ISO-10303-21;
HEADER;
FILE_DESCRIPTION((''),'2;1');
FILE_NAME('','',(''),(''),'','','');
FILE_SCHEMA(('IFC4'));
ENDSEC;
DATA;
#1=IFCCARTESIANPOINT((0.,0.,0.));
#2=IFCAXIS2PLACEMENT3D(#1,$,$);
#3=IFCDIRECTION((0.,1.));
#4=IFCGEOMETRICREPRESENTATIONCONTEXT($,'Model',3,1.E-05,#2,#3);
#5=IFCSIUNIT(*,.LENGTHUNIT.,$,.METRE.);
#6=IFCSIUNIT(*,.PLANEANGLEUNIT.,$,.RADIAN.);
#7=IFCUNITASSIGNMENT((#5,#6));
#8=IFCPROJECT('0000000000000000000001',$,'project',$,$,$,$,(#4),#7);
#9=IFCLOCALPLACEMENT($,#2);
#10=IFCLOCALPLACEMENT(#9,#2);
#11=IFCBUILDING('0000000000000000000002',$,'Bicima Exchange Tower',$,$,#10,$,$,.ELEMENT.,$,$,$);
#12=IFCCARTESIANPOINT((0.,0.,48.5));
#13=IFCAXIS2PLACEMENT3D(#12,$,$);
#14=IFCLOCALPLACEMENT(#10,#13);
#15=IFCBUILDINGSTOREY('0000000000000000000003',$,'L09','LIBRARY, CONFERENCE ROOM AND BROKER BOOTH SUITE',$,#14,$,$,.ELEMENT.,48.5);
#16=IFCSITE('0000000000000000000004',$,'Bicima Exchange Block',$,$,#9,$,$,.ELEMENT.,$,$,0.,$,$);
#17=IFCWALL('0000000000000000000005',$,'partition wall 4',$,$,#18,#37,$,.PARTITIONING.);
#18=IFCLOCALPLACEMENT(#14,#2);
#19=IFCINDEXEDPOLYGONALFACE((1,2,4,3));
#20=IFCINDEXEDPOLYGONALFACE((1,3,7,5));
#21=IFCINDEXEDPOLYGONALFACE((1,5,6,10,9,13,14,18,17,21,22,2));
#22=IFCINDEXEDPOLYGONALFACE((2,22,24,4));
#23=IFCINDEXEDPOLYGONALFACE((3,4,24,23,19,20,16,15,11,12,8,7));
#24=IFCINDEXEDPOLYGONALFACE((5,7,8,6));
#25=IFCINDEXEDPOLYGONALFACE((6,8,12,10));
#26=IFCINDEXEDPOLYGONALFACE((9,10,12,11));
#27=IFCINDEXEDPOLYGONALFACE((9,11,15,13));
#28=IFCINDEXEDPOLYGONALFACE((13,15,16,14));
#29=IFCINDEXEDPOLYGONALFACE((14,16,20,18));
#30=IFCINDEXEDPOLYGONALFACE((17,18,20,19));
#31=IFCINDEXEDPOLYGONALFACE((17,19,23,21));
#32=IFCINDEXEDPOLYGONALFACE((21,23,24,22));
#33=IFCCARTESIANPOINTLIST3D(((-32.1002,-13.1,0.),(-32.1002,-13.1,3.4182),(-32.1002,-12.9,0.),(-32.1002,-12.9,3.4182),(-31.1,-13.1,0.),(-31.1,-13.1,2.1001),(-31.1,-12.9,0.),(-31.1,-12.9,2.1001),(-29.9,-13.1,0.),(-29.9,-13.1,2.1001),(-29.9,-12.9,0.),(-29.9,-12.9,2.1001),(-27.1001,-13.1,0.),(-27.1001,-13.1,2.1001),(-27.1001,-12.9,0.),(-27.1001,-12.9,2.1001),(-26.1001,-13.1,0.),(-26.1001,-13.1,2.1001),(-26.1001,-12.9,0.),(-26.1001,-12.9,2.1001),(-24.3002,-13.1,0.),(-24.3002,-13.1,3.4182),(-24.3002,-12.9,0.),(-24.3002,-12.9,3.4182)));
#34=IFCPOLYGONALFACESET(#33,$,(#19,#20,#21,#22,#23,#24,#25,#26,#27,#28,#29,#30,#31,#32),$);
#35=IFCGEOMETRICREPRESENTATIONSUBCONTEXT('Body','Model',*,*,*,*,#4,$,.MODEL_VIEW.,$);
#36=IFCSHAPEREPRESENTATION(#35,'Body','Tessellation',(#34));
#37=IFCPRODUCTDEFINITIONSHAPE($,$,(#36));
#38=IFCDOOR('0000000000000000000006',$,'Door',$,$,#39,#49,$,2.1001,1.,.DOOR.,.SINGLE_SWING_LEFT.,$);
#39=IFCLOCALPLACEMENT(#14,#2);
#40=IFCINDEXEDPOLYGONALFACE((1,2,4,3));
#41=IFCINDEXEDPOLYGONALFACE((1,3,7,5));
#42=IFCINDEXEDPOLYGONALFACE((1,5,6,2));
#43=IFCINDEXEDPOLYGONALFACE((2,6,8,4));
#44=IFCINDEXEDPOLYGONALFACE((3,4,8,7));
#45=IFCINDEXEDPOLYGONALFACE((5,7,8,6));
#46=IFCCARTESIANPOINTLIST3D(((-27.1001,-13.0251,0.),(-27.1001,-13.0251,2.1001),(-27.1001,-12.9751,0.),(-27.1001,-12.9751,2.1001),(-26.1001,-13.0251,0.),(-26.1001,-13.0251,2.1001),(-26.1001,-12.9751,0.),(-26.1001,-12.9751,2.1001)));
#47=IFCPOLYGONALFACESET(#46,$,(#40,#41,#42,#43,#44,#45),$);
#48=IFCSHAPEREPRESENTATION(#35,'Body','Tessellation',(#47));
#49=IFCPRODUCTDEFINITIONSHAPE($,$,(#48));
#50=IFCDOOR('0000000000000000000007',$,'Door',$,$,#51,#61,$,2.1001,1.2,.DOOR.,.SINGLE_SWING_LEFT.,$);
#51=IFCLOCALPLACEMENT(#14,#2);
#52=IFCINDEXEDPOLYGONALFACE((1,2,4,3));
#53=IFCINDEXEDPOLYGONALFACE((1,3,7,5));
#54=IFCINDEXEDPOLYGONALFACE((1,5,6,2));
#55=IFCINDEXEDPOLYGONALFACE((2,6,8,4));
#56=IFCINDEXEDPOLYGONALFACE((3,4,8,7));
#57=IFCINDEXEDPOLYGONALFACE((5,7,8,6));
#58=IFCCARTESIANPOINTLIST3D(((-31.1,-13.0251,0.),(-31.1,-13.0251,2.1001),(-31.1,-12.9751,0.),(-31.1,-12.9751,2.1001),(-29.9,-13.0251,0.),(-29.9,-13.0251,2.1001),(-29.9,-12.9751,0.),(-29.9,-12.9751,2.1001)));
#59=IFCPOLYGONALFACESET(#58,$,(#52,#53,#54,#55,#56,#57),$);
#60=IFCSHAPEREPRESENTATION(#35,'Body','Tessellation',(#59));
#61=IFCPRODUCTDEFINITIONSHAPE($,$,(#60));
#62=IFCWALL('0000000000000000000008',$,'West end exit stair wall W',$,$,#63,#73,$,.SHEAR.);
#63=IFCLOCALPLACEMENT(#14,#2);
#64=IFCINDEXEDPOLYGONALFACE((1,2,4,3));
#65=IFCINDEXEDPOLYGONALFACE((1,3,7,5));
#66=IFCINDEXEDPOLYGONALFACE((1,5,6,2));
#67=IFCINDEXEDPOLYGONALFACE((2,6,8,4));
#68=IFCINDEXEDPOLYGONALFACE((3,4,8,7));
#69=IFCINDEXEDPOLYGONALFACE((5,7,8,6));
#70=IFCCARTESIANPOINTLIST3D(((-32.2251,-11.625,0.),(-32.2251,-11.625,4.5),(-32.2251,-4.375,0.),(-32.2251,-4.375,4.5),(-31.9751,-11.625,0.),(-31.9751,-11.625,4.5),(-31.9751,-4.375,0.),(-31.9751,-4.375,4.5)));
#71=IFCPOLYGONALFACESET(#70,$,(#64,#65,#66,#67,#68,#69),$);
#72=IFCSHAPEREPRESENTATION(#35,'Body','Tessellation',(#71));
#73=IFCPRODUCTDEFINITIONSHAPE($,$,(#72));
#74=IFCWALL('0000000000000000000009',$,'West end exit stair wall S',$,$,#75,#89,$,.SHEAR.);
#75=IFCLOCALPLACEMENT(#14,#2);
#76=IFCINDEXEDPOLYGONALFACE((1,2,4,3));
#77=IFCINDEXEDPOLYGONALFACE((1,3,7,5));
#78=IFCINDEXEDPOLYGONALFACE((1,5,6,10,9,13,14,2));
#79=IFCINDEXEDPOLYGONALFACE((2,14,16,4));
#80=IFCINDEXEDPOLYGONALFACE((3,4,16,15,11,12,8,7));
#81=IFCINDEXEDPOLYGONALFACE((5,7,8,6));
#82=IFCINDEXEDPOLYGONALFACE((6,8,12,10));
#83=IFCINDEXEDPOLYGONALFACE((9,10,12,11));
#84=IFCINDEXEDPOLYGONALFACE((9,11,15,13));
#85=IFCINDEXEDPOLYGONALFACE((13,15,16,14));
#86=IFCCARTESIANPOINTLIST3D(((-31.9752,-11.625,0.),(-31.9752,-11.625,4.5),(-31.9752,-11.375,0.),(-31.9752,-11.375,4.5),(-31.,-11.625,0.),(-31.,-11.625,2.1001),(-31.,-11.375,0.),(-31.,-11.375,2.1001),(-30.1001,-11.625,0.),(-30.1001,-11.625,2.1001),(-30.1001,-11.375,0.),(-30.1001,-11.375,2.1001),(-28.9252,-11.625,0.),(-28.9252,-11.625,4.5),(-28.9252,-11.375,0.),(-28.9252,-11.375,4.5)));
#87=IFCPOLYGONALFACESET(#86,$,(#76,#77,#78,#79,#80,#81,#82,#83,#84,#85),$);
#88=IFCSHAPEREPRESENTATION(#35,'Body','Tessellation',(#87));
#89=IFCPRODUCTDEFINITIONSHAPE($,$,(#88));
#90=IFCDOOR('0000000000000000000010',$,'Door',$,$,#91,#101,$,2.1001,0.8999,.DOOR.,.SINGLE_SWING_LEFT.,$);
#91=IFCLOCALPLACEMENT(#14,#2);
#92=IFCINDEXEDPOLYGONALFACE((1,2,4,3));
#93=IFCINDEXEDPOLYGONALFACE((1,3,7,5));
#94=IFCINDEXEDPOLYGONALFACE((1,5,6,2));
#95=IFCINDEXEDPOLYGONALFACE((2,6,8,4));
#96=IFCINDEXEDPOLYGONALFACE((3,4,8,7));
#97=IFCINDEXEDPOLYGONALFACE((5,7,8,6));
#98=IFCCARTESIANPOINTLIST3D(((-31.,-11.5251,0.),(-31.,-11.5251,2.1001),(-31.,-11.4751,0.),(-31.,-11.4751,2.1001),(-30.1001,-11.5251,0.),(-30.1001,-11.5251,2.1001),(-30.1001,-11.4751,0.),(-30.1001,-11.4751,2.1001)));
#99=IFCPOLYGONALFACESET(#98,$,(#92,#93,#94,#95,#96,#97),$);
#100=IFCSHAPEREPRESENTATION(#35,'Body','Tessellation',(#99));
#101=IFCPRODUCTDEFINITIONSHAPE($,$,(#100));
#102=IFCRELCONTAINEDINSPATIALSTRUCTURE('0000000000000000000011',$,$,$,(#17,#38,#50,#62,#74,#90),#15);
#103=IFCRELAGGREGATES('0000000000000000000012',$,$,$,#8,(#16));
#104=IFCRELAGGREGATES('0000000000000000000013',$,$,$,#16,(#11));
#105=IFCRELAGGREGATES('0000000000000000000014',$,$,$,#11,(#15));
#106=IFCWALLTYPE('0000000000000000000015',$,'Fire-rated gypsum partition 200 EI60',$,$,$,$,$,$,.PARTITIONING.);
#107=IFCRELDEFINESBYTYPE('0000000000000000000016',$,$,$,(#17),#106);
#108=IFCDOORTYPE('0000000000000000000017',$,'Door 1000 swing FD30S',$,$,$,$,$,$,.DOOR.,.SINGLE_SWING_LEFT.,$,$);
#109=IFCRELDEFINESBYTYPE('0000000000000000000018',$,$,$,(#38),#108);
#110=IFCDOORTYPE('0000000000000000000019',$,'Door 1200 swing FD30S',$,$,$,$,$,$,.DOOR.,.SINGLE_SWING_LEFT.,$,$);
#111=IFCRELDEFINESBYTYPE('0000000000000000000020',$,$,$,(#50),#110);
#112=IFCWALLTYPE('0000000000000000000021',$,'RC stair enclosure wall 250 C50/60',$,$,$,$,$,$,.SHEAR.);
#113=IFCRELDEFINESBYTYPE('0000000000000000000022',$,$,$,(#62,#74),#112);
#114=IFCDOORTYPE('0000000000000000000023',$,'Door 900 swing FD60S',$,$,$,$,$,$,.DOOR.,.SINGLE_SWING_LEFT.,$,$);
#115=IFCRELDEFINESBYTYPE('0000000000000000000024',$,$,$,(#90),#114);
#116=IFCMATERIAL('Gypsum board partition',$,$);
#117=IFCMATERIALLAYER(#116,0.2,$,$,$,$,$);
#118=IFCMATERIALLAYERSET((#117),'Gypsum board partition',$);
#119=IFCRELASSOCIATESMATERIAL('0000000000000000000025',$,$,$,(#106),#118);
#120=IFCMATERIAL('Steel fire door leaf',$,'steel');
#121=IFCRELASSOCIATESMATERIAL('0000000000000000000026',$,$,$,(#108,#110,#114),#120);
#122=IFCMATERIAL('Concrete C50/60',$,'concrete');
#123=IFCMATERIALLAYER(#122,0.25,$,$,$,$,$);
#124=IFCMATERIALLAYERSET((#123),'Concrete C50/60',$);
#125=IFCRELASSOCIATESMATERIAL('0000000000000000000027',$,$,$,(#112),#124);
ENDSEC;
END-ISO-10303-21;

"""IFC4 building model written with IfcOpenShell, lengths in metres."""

from ifc_helpers import new_model, si_unit, direction, frame, frame_2d, origin, place, context, subcontext, project, spatial, rectangle, extrude, material, layer, layer_set, type_object, element, fill, save


model = new_model("IFC4")

# Units and contexts
model_context = context("Model", 3, precision=1e-05, world=origin(), true_north=direction((0.0, 1.0)))
body_context = subcontext(model_context, "Body", "Model", "MODEL_VIEW")
ifc_project = project(units=[si_unit("LENGTHUNIT", "METRE"), si_unit("PLANEANGLEUNIT", "RADIAN")], contexts=[model_context])

# Site, building, storey
site_placement = place(None, origin())
site = spatial("IfcSite", under=ifc_project, at=site_placement, Name="Bicima Exchange Block", CompositionType="ELEMENT", RefElevation=0.0)
building_placement = place(site_placement, origin())
building = spatial("IfcBuilding", under=site, at=building_placement, Name="Bicima Exchange Tower", CompositionType="ELEMENT")
storey_placement = place(building_placement, frame((0.0, 0.0, 48.5)))
storey = spatial("IfcBuildingStorey", under=building, at=storey_placement, Name="L09", Description="LIBRARY, CONFERENCE ROOM AND BROKER BOOTH SUITE", CompositionType="ELEMENT", Elevation=48.5)

# Wall, openings, doors
ifc_material_1 = material(Name="Gypsum board partition")
ifc_layer_1 = layer(ifc_material_1, 0.2)
ifc_layer_set_1 = layer_set([ifc_layer_1], Name="Gypsum board partition")
wall_type_1 = type_object("IfcWallType", Name="Fire-rated gypsum partition 200 EI60", PredefinedType="PARTITIONING", material=ifc_layer_set_1)
ifc_material_2 = material(Name="Steel fire door leaf", Category="steel")
door_type_1 = type_object("IfcDoorType", Name="Door 1000 swing FD30S", OperationType="SINGLE_SWING_LEFT", PredefinedType="DOOR", material=ifc_material_2)
wall_1_placement = place(storey_placement, frame((-32.1001, -13.0, 0.0), z_axis=(0.0, 0.0, 1.0), x_axis=(1.0, 0.0, 0.0)))
wall_1 = element("IfcWall", 1, at=wall_1_placement, inside=storey, type_object=wall_type_1, Name="partition wall 4", PredefinedType="PARTITIONING", context=body_context, shape_type="SweptSolid", body=[
    extrude(rectangle(XDim=7.8, YDim=0.2, at=frame_2d((3.8999, 0.0))), origin(), (0.0, 0.0, 1.0), 3.4182),
])
opening_1_placement = place(wall_1_placement, frame((1.0, 0.0, 0.0)))
opening_1 = element("IfcOpeningElement", 2, at=opening_1_placement, cuts=wall_1, PredefinedType="OPENING", context=body_context, shape_type="SweptSolid", body=[
    extrude(rectangle(XDim=1.2, YDim=2.1001, at=frame_2d((0.6001, 1.05))), frame((0.0, 0.1118, 0.0), z_axis=(0.0, -1.0, 0.0), x_axis=(1.0, 0.0, 0.0)), (0.0, 0.0, 1.0), 0.2239),
])
opening_2_placement = place(wall_1_placement, frame((5.0, 0.0, 0.0)))
opening_2 = element("IfcOpeningElement", 3, at=opening_2_placement, cuts=wall_1, PredefinedType="OPENING", context=body_context, shape_type="SweptSolid", body=[
    extrude(rectangle(XDim=1.0, YDim=2.1001, at=frame_2d((0.5, 1.05))), frame((0.0, 0.1118, 0.0), z_axis=(0.0, -1.0, 0.0), x_axis=(1.0, 0.0, 0.0)), (0.0, 0.0, 1.0), 0.2239),
])
door_1_placement = place(opening_2_placement, origin())
door_1 = element("IfcDoor", 4, at=door_1_placement, inside=storey, type_object=door_type_1, Name="Door", OperationType="SINGLE_SWING_LEFT", OverallHeight=2.1001, OverallWidth=1.0, PredefinedType="DOOR", context=body_context, shape_type="SweptSolid", body=[
    extrude(rectangle(XDim=1.0, YDim=2.1001, at=frame_2d((0.5, 1.05))), frame((0.0, 0.0249, 0.0), z_axis=(0.0, -1.0, 0.0), x_axis=(1.0, 0.0, 0.0)), (0.0, 0.0, 1.0), 0.05),
])
fill(opening_2, door_1)
door_type_2 = type_object("IfcDoorType", Name="Door 1200 swing FD30S", OperationType="SINGLE_SWING_LEFT", PredefinedType="DOOR", material=ifc_material_2)
door_2_placement = place(opening_1_placement, origin())
door_2 = element("IfcDoor", 5, at=door_2_placement, inside=storey, type_object=door_type_2, Name="Door", OperationType="SINGLE_SWING_LEFT", OverallHeight=2.1001, OverallWidth=1.2, PredefinedType="DOOR", context=body_context, shape_type="SweptSolid", body=[
    extrude(rectangle(XDim=1.2, YDim=2.1001, at=frame_2d((0.6001, 1.05))), frame((0.0, 0.0249, 0.0), z_axis=(0.0, -1.0, 0.0), x_axis=(1.0, 0.0, 0.0)), (0.0, 0.0, 1.0), 0.05),
])
fill(opening_1, door_2)

# Wall
ifc_material_3 = material(Name="Concrete C50/60", Category="concrete")
ifc_layer_2 = layer(ifc_material_3, 0.25)
ifc_layer_set_2 = layer_set([ifc_layer_2], Name="Concrete C50/60")
wall_type_2 = type_object("IfcWallType", Name="RC stair enclosure wall 250 C50/60", PredefinedType="SHEAR", material=ifc_layer_set_2)
wall_2_placement = place(storey_placement, frame((-32.1001, -11.625, 0.0), z_axis=(0.0, 0.0, 1.0), x_axis=(0.0, 1.0, 0.0)))
element("IfcWall", 6, at=wall_2_placement, inside=storey, type_object=wall_type_2, Name="West end exit stair wall W", PredefinedType="SHEAR", context=body_context, shape_type="SweptSolid", body=[
    extrude(rectangle(XDim=7.25, YDim=0.25, at=frame_2d((3.625, 0.0))), origin(), (0.0, 0.0, 1.0), 4.5),
])

# Wall, opening, door
wall_3_placement = place(storey_placement, frame((-31.9751, -11.5, 0.0), z_axis=(0.0, 0.0, 1.0), x_axis=(1.0, 0.0, 0.0)))
wall_3 = element("IfcWall", 7, at=wall_3_placement, inside=storey, type_object=wall_type_2, Name="West end exit stair wall S", PredefinedType="SHEAR", context=body_context, shape_type="SweptSolid", body=[
    extrude(rectangle(XDim=3.05, YDim=0.25, at=frame_2d((1.5249, 0.0))), origin(), (0.0, 0.0, 1.0), 4.5),
])
opening_3_placement = place(wall_3_placement, frame((0.9751, 0.0, 0.0)))
opening_3 = element("IfcOpeningElement", 8, at=opening_3_placement, cuts=wall_3, PredefinedType="OPENING", context=body_context, shape_type="SweptSolid", body=[
    extrude(rectangle(XDim=0.8999, YDim=2.1001, at=frame_2d((0.45, 1.05))), frame((0.0, 0.137, 0.0), z_axis=(0.0, -1.0, 0.0), x_axis=(1.0, 0.0, 0.0)), (0.0, 0.0, 1.0), 0.2739),
])
door_type_3 = type_object("IfcDoorType", Name="Door 900 swing FD60S", OperationType="SINGLE_SWING_LEFT", PredefinedType="DOOR", material=ifc_material_2)
door_3_placement = place(opening_3_placement, origin())
door_3 = element("IfcDoor", 9, at=door_3_placement, inside=storey, type_object=door_type_3, Name="Door", OperationType="SINGLE_SWING_LEFT", OverallHeight=2.1001, OverallWidth=0.8999, PredefinedType="DOOR", context=body_context, shape_type="SweptSolid", body=[
    extrude(rectangle(XDim=0.8999, YDim=2.1001, at=frame_2d((0.45, 1.05))), frame((0.0, 0.0249, 0.0), z_axis=(0.0, -1.0, 0.0), x_axis=(1.0, 0.0, 0.0)), (0.0, 0.0, 1.0), 0.05),
])
fill(opening_3, door_3)

save(model, "model.ifc")
